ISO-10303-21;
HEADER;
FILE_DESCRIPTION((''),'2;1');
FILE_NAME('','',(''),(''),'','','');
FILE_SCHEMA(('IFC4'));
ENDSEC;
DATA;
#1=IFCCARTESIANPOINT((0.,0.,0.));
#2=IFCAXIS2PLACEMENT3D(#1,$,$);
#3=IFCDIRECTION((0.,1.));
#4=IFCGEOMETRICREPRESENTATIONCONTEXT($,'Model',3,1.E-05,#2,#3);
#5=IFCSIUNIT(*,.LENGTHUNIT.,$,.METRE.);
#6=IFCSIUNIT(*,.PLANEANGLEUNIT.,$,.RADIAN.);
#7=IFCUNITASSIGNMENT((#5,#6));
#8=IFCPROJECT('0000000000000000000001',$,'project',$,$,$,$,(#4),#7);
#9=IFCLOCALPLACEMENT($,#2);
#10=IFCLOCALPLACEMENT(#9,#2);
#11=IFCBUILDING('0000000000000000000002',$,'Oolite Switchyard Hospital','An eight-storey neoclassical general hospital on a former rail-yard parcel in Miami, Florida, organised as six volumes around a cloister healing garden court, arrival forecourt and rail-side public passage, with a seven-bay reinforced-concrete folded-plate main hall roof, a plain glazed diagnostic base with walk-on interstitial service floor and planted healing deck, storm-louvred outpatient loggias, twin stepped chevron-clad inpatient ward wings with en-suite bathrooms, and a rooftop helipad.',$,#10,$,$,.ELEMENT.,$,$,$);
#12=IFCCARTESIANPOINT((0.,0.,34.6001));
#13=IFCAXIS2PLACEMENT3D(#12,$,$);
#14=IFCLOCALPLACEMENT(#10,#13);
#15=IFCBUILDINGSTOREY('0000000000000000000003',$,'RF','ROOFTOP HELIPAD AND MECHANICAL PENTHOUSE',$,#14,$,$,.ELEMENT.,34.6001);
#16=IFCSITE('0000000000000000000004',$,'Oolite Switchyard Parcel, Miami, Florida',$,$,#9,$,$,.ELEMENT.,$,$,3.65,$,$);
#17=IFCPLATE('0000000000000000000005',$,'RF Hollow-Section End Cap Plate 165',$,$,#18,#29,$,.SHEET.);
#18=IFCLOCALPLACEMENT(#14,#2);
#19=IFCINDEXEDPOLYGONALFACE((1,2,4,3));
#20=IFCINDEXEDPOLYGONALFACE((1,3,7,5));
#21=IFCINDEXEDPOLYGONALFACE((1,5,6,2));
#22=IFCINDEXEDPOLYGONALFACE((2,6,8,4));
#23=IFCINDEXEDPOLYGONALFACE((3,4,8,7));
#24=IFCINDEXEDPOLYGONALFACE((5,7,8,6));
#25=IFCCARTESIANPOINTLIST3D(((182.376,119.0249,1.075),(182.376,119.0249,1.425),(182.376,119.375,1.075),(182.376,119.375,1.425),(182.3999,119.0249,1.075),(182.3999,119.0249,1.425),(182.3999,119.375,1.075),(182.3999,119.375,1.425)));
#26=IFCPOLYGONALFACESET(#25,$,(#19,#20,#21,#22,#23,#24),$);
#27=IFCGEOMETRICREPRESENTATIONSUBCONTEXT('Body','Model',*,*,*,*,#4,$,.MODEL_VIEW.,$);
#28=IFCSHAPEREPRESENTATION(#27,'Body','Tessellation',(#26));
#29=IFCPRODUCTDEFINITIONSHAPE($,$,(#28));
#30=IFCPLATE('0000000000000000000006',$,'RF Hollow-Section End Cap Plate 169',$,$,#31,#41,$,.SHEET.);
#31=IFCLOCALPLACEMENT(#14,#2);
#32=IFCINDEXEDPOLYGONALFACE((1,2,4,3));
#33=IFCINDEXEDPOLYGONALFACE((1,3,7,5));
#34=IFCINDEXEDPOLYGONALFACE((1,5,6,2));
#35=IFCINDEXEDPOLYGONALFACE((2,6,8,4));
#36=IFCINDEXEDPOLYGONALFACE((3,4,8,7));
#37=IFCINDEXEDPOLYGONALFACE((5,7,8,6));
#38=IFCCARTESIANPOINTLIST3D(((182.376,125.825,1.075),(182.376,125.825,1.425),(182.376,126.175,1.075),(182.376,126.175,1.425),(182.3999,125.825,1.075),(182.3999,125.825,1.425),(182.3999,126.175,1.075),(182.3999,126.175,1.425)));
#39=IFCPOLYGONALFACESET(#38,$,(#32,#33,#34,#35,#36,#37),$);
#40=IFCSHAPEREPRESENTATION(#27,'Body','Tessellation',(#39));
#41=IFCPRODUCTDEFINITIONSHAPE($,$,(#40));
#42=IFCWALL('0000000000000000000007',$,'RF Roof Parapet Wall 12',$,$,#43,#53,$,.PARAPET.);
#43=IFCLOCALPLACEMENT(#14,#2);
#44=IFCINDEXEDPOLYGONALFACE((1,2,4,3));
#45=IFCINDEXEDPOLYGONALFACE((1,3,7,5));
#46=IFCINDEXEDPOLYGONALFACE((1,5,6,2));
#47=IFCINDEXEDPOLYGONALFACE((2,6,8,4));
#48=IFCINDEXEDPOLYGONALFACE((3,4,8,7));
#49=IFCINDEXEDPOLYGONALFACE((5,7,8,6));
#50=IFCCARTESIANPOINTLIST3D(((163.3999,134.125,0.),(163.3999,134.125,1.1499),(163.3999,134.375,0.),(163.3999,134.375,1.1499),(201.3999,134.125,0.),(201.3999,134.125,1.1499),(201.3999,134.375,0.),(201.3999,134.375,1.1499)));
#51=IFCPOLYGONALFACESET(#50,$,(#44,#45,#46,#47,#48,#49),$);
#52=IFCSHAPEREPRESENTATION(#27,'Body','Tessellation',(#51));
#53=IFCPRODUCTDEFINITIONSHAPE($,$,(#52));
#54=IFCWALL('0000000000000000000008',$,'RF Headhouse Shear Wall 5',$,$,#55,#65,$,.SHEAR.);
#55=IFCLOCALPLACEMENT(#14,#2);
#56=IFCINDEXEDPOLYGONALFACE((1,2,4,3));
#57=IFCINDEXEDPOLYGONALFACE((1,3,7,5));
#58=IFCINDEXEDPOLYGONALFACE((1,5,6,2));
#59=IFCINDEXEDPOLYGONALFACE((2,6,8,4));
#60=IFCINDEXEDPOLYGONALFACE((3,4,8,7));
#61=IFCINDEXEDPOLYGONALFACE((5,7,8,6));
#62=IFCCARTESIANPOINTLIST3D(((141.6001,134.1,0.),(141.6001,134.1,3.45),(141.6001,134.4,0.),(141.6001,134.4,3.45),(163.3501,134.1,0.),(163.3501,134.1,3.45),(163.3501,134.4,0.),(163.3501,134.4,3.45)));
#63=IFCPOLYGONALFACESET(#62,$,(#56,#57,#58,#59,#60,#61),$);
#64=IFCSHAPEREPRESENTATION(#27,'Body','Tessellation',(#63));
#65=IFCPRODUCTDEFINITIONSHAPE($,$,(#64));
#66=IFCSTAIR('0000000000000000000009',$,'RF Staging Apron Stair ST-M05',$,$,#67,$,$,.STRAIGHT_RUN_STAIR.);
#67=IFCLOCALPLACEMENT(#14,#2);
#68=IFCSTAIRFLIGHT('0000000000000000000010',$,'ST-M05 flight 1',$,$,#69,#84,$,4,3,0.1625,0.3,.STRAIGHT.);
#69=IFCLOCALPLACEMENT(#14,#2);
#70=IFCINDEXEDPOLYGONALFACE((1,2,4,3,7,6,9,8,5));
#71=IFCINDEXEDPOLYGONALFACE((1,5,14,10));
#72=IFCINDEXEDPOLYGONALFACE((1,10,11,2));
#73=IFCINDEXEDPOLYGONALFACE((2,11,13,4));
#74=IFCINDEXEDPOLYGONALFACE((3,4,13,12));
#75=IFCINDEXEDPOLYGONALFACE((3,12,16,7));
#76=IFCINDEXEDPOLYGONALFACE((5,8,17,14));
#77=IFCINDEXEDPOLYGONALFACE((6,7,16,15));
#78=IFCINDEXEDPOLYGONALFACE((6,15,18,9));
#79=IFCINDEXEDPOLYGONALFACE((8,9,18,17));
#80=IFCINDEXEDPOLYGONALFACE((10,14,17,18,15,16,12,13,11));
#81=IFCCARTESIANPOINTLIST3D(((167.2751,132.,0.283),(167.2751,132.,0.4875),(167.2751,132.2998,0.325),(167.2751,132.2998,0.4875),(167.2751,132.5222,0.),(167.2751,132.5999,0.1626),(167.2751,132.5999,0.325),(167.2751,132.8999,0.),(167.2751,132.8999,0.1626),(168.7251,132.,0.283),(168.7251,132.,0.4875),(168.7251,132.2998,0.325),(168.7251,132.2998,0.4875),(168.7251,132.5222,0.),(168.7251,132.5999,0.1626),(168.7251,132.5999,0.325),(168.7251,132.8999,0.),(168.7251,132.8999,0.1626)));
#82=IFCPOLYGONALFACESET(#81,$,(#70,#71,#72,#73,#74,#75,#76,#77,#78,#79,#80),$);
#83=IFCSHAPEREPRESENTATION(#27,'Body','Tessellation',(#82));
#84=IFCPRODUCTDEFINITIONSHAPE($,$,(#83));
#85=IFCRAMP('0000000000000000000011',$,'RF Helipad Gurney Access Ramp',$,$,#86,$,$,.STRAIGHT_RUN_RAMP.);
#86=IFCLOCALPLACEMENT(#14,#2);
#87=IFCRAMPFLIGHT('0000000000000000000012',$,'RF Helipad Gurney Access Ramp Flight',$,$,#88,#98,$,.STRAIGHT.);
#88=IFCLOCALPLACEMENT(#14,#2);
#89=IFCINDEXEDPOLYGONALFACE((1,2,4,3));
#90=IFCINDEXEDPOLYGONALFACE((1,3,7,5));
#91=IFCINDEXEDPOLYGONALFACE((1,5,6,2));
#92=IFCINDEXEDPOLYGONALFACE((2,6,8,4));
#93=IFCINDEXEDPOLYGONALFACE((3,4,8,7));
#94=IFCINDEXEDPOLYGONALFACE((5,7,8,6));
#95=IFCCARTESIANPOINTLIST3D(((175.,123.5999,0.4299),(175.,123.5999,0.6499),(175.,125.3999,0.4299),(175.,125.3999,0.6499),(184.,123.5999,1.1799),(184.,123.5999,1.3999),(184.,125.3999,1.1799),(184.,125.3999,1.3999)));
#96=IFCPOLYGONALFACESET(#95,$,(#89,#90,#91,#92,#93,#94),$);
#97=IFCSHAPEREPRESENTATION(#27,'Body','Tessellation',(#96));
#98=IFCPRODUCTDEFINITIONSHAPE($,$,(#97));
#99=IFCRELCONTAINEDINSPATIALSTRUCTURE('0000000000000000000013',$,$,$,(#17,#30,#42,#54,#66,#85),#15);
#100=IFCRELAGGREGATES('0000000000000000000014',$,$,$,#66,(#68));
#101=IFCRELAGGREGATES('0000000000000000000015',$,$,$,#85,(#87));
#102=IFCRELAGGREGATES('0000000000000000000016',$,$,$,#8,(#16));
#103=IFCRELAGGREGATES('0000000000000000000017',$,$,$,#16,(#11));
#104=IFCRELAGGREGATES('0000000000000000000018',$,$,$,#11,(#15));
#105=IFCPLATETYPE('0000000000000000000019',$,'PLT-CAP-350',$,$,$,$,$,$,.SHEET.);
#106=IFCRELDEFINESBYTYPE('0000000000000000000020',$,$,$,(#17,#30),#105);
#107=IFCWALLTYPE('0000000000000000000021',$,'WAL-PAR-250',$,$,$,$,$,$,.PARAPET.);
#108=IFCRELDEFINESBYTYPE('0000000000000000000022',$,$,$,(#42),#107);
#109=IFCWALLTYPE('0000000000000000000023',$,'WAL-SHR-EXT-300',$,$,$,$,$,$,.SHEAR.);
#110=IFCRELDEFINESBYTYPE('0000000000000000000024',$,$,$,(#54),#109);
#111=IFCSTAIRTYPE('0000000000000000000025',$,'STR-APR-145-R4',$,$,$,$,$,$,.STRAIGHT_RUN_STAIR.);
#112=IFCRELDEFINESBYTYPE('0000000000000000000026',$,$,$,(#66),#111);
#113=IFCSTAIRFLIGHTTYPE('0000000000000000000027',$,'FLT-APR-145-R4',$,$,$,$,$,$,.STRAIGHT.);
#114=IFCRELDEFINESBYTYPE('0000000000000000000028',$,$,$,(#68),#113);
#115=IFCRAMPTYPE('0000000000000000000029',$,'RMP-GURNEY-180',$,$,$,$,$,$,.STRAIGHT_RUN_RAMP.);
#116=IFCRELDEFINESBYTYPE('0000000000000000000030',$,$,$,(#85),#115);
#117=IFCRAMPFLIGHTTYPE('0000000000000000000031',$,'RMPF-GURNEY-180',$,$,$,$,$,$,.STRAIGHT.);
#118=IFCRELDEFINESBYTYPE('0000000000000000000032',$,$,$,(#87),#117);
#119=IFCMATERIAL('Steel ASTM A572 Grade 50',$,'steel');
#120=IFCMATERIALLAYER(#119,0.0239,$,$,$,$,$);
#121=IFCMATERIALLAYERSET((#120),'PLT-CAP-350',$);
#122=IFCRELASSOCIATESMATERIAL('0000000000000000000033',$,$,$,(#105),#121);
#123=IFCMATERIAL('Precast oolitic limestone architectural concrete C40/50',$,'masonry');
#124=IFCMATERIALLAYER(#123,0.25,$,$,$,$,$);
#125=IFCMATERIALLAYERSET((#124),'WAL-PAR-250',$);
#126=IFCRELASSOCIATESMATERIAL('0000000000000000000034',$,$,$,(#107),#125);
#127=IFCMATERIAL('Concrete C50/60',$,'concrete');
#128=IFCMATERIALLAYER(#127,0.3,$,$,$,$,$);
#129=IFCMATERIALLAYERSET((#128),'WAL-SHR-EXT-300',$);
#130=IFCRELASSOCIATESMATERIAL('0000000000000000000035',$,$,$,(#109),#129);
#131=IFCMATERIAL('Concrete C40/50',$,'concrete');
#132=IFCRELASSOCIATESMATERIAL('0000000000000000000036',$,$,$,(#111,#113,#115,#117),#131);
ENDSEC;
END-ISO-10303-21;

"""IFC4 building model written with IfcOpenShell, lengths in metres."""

from ifc_helpers import new_model, si_unit, direction, frame, frame_2d, origin, origin_2d, place, context, subcontext, project, spatial, polyline, rectangle, outline, extrude, material, layer, layer_set, type_object, element, aggregate, save


model = new_model("IFC4")

# Units and contexts
model_context = context("Model", 3, precision=1e-05, world=origin(), true_north=direction((0.0, 1.0)))
body_context = subcontext(model_context, "Body", "Model", "MODEL_VIEW")
ifc_project = project(units=[si_unit("LENGTHUNIT", "METRE"), si_unit("PLANEANGLEUNIT", "RADIAN")], contexts=[model_context])

# Site, building, storey
site_placement = place(None, origin())
site = spatial("IfcSite", under=ifc_project, at=site_placement, Name="Oolite Switchyard Parcel, Miami, Florida", CompositionType="ELEMENT", RefElevation=3.65)
building_placement = place(site_placement, origin())
building = spatial("IfcBuilding", under=site, at=building_placement, Name="Oolite Switchyard Hospital", Description="An eight-storey neoclassical general hospital on a former rail-yard parcel in Miami, Florida, organised as six volumes around a cloister healing garden court, arrival forecourt and rail-side public passage, with a seven-bay reinforced-concrete folded-plate main hall roof, a plain glazed diagnostic base with walk-on interstitial service floor and planted healing deck, storm-louvred outpatient loggias, twin stepped chevron-clad inpatient ward wings with en-suite bathrooms, and a rooftop helipad.", CompositionType="ELEMENT")
storey_placement = place(building_placement, frame((0.0, 0.0, 34.6001)))
storey = spatial("IfcBuildingStorey", under=building, at=storey_placement, Name="RF", Description="ROOFTOP HELIPAD AND MECHANICAL PENTHOUSE", CompositionType="ELEMENT", Elevation=34.6001)

# Shared definitions
ifc_material_1 = material(Name="Concrete C50/60", Category="concrete")

# Shared definitions
ifc_material_2 = material(Name="Concrete C40/50", Category="concrete")

# Plates
ifc_material_3 = material(Name="Steel ASTM A572 Grade 50", Category="steel")
ifc_layer_1 = layer(ifc_material_3, 0.0239)
ifc_layer_set_1 = layer_set([ifc_layer_1], Name="PLT-CAP-350")
plate_type_1 = type_object("IfcPlateType", Name="PLT-CAP-350", PredefinedType="SHEET", material=ifc_layer_set_1)
for number, where, z_axis, x_axis, name in (
    (1, (182.3879, 119.2, 1.075), (0.0, 0.0, 1.0), (0.0, 1.0, 0.0), "RF Hollow-Section End Cap Plate 165"),
    (2, (182.3879, 126.0, 1.075), (0.0, 0.0, 1.0), (0.0, 1.0, 0.0), "RF Hollow-Section End Cap Plate 169"),
):
    element("IfcPlate", number, at=place(storey_placement, frame(where, z_axis=z_axis, x_axis=x_axis)), inside=storey, type_object=plate_type_1, Name=name, PredefinedType="SHEET", context=body_context, shape_type="SweptSolid", body=[
        extrude(rectangle(XDim=0.3501, YDim=0.0239, at=origin_2d()), origin(), (0.0, 0.0, 1.0), 0.3501),
    ])

# Walls
ifc_material_4 = material(Name="Precast oolitic limestone architectural concrete C40/50", Category="masonry")
ifc_layer_2 = layer(ifc_material_4, 0.25)
ifc_layer_set_2 = layer_set([ifc_layer_2], Name="WAL-PAR-250")
wall_type_1 = type_object("IfcWallType", Name="WAL-PAR-250", PredefinedType="PARAPET", material=ifc_layer_set_2)
wall_1_placement = place(storey_placement, frame((163.3999, 134.25, 0.0), z_axis=(0.0, 0.0, 1.0), x_axis=(1.0, 0.0, 0.0)))
element("IfcWall", 3, at=wall_1_placement, inside=storey, type_object=wall_type_1, Name="RF Roof Parapet Wall 12", PredefinedType="PARAPET", context=body_context, shape_type="SweptSolid", body=[
    extrude(rectangle(XDim=38.0, YDim=0.25, at=frame_2d((19.0, 0.0))), origin(), (0.0, 0.0, 1.0), 1.1499),
])
ifc_layer_3 = layer(ifc_material_1, 0.3)
ifc_layer_set_3 = layer_set([ifc_layer_3], Name="WAL-SHR-EXT-300")
wall_type_2 = type_object("IfcWallType", Name="WAL-SHR-EXT-300", PredefinedType="SHEAR", material=ifc_layer_set_3)
wall_2_placement = place(storey_placement, frame((163.3501, 134.25, 0.0), z_axis=(0.0, 0.0, 1.0), x_axis=(-1.0, 0.0, 0.0)))
element("IfcWall", 4, at=wall_2_placement, inside=storey, type_object=wall_type_2, Name="RF Headhouse Shear Wall 5", PredefinedType="SHEAR", context=body_context, shape_type="SweptSolid", body=[
    extrude(rectangle(XDim=21.75, YDim=0.3, at=frame_2d((10.875, 0.0))), origin(), (0.0, 0.0, 1.0), 3.45),
])

# Stair, stair flight
stair_type = type_object("IfcStairType", Name="STR-APR-145-R4", PredefinedType="STRAIGHT_RUN_STAIR", material=ifc_material_2)
stair_placement = place(storey_placement, origin())
stair = element("IfcStair", 5, at=stair_placement, inside=storey, type_object=stair_type, Name="RF Staging Apron Stair ST-M05", PredefinedType="STRAIGHT_RUN_STAIR")
stair_flight_type = type_object("IfcStairFlightType", Name="FLT-APR-145-R4", PredefinedType="STRAIGHT", material=ifc_material_2)
stair_flight_placement = place(storey_placement, frame((168.0, 132.8999, 0.0), z_axis=(0.0, 0.0, 1.0), x_axis=(0.0, -1.0, 0.0)))
stair_flight = element("IfcStairFlight", 6, at=stair_flight_placement, type_object=stair_flight_type, Name="ST-M05 flight 1", NumberOfRisers=4, NumberOfTreads=3, PredefinedType="STRAIGHT", RiserHeight=0.1625, TreadLength=0.3, context=body_context, shape_type="SweptSolid", body=[
    extrude(outline(polyline([(0.0, 0.0), (0.0, 0.1626), (0.3, 0.1626), (0.3, 0.325), (0.6001, 0.325), (0.6001, 0.4875), (0.8999, 0.4875), (0.8999, 0.6499), (0.8999, 0.283), (0.3777, 0.0), (0.0, 0.0)])), frame((0.0, 0.7251, 0.0), z_axis=(0.0, -1.0, 0.0), x_axis=(1.0, 0.0, 0.0)), (0.0, 0.0, 1.0), 1.45),
])
aggregate(stair, [stair_flight])

# Ramp, ramp flight
ramp_type = type_object("IfcRampType", Name="RMP-GURNEY-180", PredefinedType="STRAIGHT_RUN_RAMP", material=ifc_material_2)
ramp_placement = place(storey_placement, origin())
ramp = element("IfcRamp", 7, at=ramp_placement, inside=storey, type_object=ramp_type, Name="RF Helipad Gurney Access Ramp", PredefinedType="STRAIGHT_RUN_RAMP")
ramp_flight_type = type_object("IfcRampFlightType", Name="RMPF-GURNEY-180", PredefinedType="STRAIGHT", material=ifc_material_2)
ramp_flight_placement = place(storey_placement, frame((175.0, 124.5, 0.6499), z_axis=(0.0, 0.0, 1.0), x_axis=(1.0, 0.0, 0.0)))
ramp_flight = element("IfcRampFlight", 8, at=ramp_flight_placement, type_object=ramp_flight_type, Name="RF Helipad Gurney Access Ramp Flight", PredefinedType="STRAIGHT", context=body_context, shape_type="SweptSolid", body=[
    extrude(outline(polyline([(0.0, 0.0), (0.0, -0.22), (9.0, 0.53), (9.0, 0.75), (0.0, 0.0)])), frame((0.0, 0.8999, 0.0), z_axis=(0.0, -1.0, 0.0), x_axis=(1.0, 0.0, 0.0)), (0.0, 0.0, 1.0), 1.8),
])
aggregate(ramp, [ramp_flight])

save(model, "model.ifc")
